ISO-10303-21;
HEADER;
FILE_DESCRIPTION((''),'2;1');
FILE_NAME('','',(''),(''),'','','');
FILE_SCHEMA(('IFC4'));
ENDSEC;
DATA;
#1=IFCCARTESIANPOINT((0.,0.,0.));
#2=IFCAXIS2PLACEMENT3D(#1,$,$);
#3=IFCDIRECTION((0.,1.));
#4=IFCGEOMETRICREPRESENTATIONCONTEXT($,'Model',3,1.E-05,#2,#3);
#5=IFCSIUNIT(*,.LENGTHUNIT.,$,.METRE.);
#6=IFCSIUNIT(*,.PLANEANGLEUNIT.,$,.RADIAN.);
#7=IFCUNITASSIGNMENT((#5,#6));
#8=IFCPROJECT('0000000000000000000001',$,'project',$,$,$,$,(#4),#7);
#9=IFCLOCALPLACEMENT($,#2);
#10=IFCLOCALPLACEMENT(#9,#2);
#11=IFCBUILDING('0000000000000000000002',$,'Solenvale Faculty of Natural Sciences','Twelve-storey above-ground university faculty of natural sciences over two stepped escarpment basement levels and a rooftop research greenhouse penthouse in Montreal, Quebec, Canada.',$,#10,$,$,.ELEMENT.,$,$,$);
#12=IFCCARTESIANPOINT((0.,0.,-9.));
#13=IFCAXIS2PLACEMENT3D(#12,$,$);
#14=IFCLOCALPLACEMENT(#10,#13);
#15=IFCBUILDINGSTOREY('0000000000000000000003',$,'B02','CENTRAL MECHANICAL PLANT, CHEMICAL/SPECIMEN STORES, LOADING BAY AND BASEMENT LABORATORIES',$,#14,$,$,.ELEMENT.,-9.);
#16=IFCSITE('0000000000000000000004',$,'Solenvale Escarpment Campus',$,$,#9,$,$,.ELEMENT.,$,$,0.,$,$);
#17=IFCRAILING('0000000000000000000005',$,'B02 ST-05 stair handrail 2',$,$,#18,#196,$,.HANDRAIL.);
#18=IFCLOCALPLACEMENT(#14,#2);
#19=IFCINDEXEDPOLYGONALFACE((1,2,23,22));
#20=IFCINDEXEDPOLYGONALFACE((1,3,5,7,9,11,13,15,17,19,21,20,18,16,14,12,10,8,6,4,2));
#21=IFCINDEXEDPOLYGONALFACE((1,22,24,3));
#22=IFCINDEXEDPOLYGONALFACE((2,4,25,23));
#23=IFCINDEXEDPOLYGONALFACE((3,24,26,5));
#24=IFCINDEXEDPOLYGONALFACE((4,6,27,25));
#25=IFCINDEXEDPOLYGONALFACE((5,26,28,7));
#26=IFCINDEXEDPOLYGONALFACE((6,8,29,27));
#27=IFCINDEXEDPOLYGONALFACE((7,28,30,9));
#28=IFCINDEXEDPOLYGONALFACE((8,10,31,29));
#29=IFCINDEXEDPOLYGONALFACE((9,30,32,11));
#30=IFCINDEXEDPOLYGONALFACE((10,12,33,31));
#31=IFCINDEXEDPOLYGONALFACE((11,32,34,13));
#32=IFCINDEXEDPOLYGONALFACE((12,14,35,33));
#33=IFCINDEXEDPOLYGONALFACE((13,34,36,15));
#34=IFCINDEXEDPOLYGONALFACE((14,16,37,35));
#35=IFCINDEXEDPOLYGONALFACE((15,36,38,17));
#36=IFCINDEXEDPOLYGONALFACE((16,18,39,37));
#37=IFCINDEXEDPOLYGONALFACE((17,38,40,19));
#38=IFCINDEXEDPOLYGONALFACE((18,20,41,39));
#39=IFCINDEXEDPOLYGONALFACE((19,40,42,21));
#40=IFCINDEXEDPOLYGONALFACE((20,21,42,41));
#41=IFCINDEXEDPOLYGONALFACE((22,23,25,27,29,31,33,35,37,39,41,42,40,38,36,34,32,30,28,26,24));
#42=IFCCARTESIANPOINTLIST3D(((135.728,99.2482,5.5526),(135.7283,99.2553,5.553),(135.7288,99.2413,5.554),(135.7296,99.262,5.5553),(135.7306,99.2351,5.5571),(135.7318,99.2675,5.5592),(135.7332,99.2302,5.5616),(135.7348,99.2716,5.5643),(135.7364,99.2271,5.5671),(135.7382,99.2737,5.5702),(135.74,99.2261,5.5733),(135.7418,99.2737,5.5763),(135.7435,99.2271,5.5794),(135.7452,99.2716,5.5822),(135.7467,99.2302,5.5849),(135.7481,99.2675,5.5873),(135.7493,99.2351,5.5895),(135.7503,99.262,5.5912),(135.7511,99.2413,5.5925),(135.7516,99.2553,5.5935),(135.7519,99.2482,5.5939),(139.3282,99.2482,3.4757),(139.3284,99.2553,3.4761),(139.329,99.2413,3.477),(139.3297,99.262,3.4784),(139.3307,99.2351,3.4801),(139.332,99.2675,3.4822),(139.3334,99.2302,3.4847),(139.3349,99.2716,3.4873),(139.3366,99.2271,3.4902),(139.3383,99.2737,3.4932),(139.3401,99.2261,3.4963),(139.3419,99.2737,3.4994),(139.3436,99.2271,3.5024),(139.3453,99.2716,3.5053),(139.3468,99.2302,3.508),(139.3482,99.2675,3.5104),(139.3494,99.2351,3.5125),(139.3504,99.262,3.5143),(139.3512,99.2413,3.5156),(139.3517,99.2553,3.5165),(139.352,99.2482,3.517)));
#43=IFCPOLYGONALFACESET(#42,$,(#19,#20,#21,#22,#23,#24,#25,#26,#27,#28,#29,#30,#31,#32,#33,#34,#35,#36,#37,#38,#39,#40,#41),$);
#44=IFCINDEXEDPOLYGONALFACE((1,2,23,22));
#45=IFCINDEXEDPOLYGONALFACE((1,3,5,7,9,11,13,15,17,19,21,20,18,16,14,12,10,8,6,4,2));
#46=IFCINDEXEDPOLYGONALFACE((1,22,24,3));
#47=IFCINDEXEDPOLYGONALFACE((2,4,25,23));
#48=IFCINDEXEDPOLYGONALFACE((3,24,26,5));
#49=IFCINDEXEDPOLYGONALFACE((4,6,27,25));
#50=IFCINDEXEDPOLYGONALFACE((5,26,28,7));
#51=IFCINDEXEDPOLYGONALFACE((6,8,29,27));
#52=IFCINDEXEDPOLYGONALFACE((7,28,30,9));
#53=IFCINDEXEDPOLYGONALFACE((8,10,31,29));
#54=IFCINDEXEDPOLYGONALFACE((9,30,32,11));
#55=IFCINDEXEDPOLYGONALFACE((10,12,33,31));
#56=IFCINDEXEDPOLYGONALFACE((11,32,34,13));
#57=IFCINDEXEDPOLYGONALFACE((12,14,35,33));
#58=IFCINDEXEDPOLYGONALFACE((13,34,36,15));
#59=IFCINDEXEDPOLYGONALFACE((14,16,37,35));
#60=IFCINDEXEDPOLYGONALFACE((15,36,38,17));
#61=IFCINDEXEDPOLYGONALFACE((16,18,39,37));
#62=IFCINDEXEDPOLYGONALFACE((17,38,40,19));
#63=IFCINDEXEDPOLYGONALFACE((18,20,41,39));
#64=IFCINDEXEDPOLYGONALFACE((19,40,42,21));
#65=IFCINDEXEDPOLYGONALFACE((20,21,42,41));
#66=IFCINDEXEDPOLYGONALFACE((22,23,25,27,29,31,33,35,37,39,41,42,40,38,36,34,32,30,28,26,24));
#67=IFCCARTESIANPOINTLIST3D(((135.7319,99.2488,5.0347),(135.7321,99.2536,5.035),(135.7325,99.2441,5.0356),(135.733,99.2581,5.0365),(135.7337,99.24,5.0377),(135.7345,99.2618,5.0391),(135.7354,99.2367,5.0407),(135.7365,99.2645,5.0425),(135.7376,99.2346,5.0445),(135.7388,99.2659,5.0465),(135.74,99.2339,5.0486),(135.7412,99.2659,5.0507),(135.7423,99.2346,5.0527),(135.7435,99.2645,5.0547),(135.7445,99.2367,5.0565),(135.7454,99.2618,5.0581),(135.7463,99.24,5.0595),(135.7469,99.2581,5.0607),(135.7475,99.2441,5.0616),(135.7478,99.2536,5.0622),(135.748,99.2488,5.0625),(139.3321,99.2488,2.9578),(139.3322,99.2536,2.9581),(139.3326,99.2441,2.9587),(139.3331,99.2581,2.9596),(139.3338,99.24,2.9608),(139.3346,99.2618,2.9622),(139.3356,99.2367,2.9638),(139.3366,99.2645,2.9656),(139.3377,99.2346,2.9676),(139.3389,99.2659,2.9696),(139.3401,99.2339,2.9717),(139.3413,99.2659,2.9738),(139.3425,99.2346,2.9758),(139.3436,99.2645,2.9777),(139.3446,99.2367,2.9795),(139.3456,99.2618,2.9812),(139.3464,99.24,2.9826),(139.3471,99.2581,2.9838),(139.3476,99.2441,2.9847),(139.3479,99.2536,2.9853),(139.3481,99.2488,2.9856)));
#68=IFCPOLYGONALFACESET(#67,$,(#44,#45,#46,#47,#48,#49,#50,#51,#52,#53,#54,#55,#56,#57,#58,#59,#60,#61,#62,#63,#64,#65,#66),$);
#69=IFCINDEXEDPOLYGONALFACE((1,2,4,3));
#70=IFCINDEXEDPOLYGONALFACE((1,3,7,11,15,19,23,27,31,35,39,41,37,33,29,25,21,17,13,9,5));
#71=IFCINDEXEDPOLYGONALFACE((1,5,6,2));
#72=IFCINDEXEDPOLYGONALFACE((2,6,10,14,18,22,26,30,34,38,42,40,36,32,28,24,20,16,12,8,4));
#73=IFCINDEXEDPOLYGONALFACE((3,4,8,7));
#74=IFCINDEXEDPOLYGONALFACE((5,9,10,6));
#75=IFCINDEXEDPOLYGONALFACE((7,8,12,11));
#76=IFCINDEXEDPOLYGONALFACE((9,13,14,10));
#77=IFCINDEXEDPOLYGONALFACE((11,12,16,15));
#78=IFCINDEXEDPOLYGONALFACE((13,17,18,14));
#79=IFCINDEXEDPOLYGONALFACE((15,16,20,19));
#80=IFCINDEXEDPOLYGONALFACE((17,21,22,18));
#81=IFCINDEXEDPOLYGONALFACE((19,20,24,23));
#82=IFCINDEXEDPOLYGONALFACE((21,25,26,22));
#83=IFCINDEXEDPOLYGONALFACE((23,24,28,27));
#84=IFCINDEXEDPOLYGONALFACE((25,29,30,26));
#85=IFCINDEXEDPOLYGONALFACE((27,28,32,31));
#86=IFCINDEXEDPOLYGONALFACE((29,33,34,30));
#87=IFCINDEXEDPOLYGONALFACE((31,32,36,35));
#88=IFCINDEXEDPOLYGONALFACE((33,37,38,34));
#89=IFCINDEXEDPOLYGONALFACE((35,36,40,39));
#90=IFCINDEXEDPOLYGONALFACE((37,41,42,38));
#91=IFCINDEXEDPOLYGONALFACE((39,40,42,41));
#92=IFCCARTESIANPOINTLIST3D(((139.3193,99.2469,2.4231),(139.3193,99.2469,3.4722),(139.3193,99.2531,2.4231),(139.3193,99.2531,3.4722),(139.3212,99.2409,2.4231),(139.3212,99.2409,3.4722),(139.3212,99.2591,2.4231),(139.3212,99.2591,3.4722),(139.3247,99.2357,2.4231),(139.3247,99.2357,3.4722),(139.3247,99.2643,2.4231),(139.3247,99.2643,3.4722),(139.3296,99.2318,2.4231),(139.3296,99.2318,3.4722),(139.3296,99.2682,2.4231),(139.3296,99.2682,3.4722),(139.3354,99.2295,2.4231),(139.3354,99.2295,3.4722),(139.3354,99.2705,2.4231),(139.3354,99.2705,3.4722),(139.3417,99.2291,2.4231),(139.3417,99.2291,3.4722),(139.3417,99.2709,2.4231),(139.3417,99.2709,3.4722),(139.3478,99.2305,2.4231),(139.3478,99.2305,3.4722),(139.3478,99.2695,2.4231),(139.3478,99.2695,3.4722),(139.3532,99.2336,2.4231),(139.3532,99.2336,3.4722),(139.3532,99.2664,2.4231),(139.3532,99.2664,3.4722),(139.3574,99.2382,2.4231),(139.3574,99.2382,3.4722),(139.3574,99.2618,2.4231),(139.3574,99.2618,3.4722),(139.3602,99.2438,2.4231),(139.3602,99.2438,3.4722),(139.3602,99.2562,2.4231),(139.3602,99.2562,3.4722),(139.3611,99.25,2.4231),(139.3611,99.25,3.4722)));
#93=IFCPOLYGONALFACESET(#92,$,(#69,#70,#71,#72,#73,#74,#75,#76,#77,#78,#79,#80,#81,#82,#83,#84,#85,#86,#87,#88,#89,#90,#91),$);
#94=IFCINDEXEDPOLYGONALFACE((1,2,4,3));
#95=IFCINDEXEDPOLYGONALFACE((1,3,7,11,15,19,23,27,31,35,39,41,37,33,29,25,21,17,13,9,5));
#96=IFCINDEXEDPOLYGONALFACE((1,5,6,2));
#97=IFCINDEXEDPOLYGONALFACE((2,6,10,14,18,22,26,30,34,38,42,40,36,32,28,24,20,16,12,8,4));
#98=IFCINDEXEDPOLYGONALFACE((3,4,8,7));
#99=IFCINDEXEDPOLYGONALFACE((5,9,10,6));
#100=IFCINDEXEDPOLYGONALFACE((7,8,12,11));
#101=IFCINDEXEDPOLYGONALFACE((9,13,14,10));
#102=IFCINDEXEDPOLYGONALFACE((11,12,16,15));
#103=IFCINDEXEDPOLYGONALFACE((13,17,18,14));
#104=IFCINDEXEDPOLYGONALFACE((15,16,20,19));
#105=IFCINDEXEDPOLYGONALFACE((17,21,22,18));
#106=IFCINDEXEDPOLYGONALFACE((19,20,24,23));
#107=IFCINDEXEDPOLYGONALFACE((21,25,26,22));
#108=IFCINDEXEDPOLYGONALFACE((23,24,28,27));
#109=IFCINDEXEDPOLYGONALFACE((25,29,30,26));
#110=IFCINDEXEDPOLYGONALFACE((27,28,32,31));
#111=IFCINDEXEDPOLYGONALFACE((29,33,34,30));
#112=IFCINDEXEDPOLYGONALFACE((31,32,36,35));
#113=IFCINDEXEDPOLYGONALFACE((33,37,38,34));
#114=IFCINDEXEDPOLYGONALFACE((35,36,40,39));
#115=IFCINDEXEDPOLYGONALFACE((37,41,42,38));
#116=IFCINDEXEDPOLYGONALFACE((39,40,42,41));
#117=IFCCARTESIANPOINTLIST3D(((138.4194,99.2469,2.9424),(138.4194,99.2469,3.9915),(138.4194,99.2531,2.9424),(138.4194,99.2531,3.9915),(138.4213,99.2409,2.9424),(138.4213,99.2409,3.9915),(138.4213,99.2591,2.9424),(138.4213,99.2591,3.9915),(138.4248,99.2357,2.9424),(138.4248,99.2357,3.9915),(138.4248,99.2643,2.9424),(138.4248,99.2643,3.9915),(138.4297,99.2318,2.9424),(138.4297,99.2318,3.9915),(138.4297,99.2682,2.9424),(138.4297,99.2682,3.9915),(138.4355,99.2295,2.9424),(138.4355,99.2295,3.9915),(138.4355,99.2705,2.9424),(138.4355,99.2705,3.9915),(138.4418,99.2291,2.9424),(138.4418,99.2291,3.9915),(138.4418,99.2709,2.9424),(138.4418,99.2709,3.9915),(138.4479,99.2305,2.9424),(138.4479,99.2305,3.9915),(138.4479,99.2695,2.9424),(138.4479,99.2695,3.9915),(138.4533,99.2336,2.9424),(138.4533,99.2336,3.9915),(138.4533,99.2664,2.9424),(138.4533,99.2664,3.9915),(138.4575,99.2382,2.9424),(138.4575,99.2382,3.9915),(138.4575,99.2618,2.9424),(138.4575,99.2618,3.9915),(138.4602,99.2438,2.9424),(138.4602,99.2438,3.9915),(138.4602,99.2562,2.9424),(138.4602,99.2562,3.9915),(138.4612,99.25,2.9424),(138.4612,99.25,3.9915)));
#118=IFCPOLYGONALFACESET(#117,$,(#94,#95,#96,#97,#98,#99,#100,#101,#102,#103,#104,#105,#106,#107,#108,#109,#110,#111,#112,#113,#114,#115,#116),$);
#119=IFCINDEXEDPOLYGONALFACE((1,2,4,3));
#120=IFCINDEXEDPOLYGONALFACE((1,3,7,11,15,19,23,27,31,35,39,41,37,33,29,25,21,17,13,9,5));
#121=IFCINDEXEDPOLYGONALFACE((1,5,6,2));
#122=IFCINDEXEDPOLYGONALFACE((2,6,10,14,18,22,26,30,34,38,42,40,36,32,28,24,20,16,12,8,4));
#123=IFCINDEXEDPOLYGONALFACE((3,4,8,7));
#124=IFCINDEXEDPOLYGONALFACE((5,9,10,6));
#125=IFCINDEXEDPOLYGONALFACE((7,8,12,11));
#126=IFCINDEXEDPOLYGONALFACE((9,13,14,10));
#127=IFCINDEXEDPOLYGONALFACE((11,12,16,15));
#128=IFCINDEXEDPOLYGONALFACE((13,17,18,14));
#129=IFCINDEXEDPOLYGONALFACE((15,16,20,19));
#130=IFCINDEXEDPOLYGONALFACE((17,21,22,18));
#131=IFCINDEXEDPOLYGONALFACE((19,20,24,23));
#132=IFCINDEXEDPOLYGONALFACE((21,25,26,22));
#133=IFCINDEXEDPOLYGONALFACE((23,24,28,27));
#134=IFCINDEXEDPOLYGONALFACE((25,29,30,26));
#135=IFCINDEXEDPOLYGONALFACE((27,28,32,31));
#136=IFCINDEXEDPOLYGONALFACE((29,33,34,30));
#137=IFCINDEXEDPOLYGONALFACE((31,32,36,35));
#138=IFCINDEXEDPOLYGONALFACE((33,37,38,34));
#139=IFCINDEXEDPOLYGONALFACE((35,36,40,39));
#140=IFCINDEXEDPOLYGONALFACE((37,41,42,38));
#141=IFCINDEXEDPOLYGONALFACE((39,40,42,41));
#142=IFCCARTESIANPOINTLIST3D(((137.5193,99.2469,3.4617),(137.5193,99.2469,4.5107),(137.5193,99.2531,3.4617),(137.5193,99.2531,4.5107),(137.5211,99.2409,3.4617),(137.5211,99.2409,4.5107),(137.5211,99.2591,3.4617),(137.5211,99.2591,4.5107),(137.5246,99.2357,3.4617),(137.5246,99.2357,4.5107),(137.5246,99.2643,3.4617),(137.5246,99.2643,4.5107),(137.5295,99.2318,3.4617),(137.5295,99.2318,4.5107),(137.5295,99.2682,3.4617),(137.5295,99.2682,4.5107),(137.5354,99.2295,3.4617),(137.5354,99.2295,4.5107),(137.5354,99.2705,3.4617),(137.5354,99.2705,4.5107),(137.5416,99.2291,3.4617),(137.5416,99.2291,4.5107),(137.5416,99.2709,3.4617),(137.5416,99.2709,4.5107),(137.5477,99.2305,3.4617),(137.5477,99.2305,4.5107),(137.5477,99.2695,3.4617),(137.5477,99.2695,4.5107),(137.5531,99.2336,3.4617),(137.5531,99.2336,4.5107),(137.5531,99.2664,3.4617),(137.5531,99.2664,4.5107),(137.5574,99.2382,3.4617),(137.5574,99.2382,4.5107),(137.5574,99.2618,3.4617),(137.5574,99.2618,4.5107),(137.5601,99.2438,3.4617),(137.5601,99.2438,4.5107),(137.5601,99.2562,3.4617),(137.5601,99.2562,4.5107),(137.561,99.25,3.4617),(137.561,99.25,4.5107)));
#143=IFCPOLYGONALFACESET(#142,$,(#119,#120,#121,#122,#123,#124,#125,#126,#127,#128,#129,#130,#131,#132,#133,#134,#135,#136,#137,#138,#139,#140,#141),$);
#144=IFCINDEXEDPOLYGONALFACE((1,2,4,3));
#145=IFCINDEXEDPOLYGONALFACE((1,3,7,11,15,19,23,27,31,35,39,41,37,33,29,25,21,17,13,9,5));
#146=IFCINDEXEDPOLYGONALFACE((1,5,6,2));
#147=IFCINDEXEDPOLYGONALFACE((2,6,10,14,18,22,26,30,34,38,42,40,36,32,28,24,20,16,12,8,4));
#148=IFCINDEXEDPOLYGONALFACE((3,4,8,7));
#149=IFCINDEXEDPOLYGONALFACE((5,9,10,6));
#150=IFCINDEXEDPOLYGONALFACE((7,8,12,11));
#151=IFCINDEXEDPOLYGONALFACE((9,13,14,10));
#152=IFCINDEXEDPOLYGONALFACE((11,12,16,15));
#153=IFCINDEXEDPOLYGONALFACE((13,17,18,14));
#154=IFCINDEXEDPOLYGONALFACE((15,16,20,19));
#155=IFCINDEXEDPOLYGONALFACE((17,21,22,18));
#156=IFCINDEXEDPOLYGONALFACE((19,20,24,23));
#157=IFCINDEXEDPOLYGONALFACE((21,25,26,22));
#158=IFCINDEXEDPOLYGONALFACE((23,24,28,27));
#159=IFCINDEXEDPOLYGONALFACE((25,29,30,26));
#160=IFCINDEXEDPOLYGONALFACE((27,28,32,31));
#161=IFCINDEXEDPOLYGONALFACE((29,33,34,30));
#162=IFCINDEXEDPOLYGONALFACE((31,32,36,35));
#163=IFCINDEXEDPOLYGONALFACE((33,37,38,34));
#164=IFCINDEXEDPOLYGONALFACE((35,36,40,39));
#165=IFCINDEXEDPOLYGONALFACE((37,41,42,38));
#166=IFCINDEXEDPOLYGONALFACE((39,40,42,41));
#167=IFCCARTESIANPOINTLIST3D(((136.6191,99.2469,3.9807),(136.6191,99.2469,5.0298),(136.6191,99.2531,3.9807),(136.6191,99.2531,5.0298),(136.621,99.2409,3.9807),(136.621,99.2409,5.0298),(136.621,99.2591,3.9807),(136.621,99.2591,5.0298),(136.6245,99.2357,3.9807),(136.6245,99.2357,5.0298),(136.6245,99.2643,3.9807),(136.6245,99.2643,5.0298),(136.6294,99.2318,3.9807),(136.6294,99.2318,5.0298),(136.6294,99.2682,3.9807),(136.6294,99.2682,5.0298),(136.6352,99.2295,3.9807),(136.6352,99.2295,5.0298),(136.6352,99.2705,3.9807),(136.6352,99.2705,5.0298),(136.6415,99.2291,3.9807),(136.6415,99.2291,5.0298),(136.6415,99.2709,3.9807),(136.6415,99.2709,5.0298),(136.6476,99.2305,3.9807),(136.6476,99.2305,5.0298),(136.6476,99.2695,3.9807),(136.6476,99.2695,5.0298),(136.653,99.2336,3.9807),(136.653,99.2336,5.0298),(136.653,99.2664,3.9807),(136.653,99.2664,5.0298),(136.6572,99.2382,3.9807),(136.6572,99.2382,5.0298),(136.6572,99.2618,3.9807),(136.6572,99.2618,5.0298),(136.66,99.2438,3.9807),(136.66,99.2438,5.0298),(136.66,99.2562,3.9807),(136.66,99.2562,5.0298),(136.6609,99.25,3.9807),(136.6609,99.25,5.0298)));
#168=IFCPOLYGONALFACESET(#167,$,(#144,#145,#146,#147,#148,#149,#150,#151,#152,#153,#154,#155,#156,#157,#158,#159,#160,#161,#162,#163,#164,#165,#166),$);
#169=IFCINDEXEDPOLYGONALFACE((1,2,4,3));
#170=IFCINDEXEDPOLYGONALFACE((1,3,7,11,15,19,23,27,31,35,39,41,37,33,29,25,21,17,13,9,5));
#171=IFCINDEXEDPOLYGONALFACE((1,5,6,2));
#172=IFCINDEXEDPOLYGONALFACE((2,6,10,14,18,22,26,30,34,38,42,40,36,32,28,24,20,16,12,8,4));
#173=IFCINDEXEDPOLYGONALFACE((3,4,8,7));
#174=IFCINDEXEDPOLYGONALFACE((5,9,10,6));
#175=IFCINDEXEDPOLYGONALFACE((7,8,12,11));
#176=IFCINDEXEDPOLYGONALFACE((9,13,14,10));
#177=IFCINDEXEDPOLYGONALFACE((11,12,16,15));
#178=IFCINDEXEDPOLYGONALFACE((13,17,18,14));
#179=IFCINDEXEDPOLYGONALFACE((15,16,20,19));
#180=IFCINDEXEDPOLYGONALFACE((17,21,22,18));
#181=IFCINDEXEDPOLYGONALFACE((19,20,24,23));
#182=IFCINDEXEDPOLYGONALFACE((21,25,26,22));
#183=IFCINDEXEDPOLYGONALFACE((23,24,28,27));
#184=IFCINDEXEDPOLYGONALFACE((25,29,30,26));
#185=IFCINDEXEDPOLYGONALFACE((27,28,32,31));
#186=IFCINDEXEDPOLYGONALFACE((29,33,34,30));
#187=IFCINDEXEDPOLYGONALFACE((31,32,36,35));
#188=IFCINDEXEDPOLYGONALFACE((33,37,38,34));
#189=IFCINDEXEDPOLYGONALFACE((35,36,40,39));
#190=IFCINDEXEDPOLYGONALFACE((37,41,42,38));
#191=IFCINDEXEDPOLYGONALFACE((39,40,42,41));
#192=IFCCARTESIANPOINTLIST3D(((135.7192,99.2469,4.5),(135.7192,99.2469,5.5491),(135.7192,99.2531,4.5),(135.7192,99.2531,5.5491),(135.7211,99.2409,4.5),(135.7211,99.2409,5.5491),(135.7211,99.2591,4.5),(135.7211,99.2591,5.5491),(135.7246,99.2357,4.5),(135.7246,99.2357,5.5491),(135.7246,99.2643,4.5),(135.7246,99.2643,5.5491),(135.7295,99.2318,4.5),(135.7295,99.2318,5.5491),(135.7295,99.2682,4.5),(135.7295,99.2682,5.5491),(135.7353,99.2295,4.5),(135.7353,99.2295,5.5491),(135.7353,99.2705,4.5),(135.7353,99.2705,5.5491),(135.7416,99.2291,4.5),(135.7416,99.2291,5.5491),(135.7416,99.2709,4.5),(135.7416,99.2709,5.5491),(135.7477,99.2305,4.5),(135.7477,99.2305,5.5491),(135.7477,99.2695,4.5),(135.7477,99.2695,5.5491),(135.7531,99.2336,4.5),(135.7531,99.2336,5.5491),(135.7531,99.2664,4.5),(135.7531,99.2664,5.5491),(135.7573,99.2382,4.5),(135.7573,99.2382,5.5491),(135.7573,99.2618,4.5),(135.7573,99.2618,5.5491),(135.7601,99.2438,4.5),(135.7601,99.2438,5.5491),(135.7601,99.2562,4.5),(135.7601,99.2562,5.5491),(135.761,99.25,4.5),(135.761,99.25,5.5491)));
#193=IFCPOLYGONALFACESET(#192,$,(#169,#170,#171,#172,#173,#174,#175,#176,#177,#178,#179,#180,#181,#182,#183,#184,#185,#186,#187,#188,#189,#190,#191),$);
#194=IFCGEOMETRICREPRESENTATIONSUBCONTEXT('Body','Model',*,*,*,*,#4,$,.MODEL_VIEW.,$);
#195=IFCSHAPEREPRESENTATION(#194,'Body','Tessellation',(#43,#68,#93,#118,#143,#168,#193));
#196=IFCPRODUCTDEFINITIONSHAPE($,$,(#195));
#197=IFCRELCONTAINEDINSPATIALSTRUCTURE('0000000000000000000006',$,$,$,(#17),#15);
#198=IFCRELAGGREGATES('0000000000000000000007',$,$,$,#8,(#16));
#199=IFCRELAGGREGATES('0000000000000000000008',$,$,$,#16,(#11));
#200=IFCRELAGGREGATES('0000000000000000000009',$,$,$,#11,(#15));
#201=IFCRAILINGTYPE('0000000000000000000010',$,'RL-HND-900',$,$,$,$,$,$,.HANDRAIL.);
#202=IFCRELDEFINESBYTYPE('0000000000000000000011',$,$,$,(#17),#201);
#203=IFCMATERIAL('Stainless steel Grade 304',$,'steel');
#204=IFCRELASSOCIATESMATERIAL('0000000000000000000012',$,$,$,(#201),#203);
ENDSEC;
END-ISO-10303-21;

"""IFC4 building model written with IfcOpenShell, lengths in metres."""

from ifc_helpers import new_model, si_unit, direction, frame, origin, origin_2d, place, context, subcontext, project, spatial, circle, extrude, material, type_object, element, save


model = new_model("IFC4")

# Units and contexts
model_context = context("Model", 3, precision=1e-05, world=origin(), true_north=direction((0.0, 1.0)))
body_context = subcontext(model_context, "Body", "Model", "MODEL_VIEW")
ifc_project = project(units=[si_unit("LENGTHUNIT", "METRE"), si_unit("PLANEANGLEUNIT", "RADIAN")], contexts=[model_context])

# Site, building, storey
site_placement = place(None, origin())
site = spatial("IfcSite", under=ifc_project, at=site_placement, Name="Solenvale Escarpment Campus", CompositionType="ELEMENT", RefElevation=0.0)
building_placement = place(site_placement, origin())
building = spatial("IfcBuilding", under=site, at=building_placement, Name="Solenvale Faculty of Natural Sciences", Description="Twelve-storey above-ground university faculty of natural sciences over two stepped escarpment basement levels and a rooftop research greenhouse penthouse in Montreal, Quebec, Canada.", CompositionType="ELEMENT")
storey_placement = place(building_placement, frame((0.0, 0.0, -9.0)))
storey = spatial("IfcBuildingStorey", under=building, at=storey_placement, Name="B02", Description="CENTRAL MECHANICAL PLANT, CHEMICAL/SPECIMEN STORES, LOADING BAY AND BASEMENT LABORATORIES", CompositionType="ELEMENT", Elevation=-9.0)

# Railing
ifc_material_1 = material(Name="Stainless steel Grade 304", Category="steel")
railing_type_1 = type_object("IfcRailingType", Name="RL-HND-900", PredefinedType="HANDRAIL", material=ifc_material_1)
railing_1_placement = place(storey_placement, frame((139.3401, 99.25, 2.4231)))
element("IfcRailing", 1, at=railing_1_placement, inside=storey, type_object=railing_type_1, Name="B02 ST-05 stair handrail 2", PredefinedType="HANDRAIL", context=body_context, shape_type="SweptSolid", body=[
    extrude(circle(Radius=0.0239, at=origin_2d()), frame((0.0, 0.0, 1.0732), z_axis=(-0.866193, 0.0, 0.499709), x_axis=(0.0, -1.0, 0.0)), (0.0, 0.0, 1.0), 4.1562),
    extrude(circle(Radius=0.0161, at=origin_2d()), frame((0.0, 0.0, 0.5486), z_axis=(-0.866193, 0.0, 0.499709), x_axis=(0.0, -1.0, 0.0)), (0.0, 0.0, 1.0), 4.1562),
    extrude(circle(Radius=0.021, at=origin_2d()), origin(), (0.0, 0.0, 1.0), 1.0491),
    extrude(circle(Radius=0.021, at=origin_2d()), frame((-0.8999, 0.0, 0.5193)), (0.0, 0.0, 1.0), 1.0491),
    extrude(circle(Radius=0.021, at=origin_2d()), frame((-1.8, 0.0, 1.0386)), (0.0, 0.0, 1.0), 1.0491),
    extrude(circle(Radius=0.021, at=origin_2d()), frame((-2.7002, 0.0, 1.5576)), (0.0, 0.0, 1.0), 1.0491),
    extrude(circle(Radius=0.021, at=origin_2d()), frame((-3.6001, 0.0, 2.0769)), (0.0, 0.0, 1.0), 1.0491),
])

save(model, "model.ifc")
